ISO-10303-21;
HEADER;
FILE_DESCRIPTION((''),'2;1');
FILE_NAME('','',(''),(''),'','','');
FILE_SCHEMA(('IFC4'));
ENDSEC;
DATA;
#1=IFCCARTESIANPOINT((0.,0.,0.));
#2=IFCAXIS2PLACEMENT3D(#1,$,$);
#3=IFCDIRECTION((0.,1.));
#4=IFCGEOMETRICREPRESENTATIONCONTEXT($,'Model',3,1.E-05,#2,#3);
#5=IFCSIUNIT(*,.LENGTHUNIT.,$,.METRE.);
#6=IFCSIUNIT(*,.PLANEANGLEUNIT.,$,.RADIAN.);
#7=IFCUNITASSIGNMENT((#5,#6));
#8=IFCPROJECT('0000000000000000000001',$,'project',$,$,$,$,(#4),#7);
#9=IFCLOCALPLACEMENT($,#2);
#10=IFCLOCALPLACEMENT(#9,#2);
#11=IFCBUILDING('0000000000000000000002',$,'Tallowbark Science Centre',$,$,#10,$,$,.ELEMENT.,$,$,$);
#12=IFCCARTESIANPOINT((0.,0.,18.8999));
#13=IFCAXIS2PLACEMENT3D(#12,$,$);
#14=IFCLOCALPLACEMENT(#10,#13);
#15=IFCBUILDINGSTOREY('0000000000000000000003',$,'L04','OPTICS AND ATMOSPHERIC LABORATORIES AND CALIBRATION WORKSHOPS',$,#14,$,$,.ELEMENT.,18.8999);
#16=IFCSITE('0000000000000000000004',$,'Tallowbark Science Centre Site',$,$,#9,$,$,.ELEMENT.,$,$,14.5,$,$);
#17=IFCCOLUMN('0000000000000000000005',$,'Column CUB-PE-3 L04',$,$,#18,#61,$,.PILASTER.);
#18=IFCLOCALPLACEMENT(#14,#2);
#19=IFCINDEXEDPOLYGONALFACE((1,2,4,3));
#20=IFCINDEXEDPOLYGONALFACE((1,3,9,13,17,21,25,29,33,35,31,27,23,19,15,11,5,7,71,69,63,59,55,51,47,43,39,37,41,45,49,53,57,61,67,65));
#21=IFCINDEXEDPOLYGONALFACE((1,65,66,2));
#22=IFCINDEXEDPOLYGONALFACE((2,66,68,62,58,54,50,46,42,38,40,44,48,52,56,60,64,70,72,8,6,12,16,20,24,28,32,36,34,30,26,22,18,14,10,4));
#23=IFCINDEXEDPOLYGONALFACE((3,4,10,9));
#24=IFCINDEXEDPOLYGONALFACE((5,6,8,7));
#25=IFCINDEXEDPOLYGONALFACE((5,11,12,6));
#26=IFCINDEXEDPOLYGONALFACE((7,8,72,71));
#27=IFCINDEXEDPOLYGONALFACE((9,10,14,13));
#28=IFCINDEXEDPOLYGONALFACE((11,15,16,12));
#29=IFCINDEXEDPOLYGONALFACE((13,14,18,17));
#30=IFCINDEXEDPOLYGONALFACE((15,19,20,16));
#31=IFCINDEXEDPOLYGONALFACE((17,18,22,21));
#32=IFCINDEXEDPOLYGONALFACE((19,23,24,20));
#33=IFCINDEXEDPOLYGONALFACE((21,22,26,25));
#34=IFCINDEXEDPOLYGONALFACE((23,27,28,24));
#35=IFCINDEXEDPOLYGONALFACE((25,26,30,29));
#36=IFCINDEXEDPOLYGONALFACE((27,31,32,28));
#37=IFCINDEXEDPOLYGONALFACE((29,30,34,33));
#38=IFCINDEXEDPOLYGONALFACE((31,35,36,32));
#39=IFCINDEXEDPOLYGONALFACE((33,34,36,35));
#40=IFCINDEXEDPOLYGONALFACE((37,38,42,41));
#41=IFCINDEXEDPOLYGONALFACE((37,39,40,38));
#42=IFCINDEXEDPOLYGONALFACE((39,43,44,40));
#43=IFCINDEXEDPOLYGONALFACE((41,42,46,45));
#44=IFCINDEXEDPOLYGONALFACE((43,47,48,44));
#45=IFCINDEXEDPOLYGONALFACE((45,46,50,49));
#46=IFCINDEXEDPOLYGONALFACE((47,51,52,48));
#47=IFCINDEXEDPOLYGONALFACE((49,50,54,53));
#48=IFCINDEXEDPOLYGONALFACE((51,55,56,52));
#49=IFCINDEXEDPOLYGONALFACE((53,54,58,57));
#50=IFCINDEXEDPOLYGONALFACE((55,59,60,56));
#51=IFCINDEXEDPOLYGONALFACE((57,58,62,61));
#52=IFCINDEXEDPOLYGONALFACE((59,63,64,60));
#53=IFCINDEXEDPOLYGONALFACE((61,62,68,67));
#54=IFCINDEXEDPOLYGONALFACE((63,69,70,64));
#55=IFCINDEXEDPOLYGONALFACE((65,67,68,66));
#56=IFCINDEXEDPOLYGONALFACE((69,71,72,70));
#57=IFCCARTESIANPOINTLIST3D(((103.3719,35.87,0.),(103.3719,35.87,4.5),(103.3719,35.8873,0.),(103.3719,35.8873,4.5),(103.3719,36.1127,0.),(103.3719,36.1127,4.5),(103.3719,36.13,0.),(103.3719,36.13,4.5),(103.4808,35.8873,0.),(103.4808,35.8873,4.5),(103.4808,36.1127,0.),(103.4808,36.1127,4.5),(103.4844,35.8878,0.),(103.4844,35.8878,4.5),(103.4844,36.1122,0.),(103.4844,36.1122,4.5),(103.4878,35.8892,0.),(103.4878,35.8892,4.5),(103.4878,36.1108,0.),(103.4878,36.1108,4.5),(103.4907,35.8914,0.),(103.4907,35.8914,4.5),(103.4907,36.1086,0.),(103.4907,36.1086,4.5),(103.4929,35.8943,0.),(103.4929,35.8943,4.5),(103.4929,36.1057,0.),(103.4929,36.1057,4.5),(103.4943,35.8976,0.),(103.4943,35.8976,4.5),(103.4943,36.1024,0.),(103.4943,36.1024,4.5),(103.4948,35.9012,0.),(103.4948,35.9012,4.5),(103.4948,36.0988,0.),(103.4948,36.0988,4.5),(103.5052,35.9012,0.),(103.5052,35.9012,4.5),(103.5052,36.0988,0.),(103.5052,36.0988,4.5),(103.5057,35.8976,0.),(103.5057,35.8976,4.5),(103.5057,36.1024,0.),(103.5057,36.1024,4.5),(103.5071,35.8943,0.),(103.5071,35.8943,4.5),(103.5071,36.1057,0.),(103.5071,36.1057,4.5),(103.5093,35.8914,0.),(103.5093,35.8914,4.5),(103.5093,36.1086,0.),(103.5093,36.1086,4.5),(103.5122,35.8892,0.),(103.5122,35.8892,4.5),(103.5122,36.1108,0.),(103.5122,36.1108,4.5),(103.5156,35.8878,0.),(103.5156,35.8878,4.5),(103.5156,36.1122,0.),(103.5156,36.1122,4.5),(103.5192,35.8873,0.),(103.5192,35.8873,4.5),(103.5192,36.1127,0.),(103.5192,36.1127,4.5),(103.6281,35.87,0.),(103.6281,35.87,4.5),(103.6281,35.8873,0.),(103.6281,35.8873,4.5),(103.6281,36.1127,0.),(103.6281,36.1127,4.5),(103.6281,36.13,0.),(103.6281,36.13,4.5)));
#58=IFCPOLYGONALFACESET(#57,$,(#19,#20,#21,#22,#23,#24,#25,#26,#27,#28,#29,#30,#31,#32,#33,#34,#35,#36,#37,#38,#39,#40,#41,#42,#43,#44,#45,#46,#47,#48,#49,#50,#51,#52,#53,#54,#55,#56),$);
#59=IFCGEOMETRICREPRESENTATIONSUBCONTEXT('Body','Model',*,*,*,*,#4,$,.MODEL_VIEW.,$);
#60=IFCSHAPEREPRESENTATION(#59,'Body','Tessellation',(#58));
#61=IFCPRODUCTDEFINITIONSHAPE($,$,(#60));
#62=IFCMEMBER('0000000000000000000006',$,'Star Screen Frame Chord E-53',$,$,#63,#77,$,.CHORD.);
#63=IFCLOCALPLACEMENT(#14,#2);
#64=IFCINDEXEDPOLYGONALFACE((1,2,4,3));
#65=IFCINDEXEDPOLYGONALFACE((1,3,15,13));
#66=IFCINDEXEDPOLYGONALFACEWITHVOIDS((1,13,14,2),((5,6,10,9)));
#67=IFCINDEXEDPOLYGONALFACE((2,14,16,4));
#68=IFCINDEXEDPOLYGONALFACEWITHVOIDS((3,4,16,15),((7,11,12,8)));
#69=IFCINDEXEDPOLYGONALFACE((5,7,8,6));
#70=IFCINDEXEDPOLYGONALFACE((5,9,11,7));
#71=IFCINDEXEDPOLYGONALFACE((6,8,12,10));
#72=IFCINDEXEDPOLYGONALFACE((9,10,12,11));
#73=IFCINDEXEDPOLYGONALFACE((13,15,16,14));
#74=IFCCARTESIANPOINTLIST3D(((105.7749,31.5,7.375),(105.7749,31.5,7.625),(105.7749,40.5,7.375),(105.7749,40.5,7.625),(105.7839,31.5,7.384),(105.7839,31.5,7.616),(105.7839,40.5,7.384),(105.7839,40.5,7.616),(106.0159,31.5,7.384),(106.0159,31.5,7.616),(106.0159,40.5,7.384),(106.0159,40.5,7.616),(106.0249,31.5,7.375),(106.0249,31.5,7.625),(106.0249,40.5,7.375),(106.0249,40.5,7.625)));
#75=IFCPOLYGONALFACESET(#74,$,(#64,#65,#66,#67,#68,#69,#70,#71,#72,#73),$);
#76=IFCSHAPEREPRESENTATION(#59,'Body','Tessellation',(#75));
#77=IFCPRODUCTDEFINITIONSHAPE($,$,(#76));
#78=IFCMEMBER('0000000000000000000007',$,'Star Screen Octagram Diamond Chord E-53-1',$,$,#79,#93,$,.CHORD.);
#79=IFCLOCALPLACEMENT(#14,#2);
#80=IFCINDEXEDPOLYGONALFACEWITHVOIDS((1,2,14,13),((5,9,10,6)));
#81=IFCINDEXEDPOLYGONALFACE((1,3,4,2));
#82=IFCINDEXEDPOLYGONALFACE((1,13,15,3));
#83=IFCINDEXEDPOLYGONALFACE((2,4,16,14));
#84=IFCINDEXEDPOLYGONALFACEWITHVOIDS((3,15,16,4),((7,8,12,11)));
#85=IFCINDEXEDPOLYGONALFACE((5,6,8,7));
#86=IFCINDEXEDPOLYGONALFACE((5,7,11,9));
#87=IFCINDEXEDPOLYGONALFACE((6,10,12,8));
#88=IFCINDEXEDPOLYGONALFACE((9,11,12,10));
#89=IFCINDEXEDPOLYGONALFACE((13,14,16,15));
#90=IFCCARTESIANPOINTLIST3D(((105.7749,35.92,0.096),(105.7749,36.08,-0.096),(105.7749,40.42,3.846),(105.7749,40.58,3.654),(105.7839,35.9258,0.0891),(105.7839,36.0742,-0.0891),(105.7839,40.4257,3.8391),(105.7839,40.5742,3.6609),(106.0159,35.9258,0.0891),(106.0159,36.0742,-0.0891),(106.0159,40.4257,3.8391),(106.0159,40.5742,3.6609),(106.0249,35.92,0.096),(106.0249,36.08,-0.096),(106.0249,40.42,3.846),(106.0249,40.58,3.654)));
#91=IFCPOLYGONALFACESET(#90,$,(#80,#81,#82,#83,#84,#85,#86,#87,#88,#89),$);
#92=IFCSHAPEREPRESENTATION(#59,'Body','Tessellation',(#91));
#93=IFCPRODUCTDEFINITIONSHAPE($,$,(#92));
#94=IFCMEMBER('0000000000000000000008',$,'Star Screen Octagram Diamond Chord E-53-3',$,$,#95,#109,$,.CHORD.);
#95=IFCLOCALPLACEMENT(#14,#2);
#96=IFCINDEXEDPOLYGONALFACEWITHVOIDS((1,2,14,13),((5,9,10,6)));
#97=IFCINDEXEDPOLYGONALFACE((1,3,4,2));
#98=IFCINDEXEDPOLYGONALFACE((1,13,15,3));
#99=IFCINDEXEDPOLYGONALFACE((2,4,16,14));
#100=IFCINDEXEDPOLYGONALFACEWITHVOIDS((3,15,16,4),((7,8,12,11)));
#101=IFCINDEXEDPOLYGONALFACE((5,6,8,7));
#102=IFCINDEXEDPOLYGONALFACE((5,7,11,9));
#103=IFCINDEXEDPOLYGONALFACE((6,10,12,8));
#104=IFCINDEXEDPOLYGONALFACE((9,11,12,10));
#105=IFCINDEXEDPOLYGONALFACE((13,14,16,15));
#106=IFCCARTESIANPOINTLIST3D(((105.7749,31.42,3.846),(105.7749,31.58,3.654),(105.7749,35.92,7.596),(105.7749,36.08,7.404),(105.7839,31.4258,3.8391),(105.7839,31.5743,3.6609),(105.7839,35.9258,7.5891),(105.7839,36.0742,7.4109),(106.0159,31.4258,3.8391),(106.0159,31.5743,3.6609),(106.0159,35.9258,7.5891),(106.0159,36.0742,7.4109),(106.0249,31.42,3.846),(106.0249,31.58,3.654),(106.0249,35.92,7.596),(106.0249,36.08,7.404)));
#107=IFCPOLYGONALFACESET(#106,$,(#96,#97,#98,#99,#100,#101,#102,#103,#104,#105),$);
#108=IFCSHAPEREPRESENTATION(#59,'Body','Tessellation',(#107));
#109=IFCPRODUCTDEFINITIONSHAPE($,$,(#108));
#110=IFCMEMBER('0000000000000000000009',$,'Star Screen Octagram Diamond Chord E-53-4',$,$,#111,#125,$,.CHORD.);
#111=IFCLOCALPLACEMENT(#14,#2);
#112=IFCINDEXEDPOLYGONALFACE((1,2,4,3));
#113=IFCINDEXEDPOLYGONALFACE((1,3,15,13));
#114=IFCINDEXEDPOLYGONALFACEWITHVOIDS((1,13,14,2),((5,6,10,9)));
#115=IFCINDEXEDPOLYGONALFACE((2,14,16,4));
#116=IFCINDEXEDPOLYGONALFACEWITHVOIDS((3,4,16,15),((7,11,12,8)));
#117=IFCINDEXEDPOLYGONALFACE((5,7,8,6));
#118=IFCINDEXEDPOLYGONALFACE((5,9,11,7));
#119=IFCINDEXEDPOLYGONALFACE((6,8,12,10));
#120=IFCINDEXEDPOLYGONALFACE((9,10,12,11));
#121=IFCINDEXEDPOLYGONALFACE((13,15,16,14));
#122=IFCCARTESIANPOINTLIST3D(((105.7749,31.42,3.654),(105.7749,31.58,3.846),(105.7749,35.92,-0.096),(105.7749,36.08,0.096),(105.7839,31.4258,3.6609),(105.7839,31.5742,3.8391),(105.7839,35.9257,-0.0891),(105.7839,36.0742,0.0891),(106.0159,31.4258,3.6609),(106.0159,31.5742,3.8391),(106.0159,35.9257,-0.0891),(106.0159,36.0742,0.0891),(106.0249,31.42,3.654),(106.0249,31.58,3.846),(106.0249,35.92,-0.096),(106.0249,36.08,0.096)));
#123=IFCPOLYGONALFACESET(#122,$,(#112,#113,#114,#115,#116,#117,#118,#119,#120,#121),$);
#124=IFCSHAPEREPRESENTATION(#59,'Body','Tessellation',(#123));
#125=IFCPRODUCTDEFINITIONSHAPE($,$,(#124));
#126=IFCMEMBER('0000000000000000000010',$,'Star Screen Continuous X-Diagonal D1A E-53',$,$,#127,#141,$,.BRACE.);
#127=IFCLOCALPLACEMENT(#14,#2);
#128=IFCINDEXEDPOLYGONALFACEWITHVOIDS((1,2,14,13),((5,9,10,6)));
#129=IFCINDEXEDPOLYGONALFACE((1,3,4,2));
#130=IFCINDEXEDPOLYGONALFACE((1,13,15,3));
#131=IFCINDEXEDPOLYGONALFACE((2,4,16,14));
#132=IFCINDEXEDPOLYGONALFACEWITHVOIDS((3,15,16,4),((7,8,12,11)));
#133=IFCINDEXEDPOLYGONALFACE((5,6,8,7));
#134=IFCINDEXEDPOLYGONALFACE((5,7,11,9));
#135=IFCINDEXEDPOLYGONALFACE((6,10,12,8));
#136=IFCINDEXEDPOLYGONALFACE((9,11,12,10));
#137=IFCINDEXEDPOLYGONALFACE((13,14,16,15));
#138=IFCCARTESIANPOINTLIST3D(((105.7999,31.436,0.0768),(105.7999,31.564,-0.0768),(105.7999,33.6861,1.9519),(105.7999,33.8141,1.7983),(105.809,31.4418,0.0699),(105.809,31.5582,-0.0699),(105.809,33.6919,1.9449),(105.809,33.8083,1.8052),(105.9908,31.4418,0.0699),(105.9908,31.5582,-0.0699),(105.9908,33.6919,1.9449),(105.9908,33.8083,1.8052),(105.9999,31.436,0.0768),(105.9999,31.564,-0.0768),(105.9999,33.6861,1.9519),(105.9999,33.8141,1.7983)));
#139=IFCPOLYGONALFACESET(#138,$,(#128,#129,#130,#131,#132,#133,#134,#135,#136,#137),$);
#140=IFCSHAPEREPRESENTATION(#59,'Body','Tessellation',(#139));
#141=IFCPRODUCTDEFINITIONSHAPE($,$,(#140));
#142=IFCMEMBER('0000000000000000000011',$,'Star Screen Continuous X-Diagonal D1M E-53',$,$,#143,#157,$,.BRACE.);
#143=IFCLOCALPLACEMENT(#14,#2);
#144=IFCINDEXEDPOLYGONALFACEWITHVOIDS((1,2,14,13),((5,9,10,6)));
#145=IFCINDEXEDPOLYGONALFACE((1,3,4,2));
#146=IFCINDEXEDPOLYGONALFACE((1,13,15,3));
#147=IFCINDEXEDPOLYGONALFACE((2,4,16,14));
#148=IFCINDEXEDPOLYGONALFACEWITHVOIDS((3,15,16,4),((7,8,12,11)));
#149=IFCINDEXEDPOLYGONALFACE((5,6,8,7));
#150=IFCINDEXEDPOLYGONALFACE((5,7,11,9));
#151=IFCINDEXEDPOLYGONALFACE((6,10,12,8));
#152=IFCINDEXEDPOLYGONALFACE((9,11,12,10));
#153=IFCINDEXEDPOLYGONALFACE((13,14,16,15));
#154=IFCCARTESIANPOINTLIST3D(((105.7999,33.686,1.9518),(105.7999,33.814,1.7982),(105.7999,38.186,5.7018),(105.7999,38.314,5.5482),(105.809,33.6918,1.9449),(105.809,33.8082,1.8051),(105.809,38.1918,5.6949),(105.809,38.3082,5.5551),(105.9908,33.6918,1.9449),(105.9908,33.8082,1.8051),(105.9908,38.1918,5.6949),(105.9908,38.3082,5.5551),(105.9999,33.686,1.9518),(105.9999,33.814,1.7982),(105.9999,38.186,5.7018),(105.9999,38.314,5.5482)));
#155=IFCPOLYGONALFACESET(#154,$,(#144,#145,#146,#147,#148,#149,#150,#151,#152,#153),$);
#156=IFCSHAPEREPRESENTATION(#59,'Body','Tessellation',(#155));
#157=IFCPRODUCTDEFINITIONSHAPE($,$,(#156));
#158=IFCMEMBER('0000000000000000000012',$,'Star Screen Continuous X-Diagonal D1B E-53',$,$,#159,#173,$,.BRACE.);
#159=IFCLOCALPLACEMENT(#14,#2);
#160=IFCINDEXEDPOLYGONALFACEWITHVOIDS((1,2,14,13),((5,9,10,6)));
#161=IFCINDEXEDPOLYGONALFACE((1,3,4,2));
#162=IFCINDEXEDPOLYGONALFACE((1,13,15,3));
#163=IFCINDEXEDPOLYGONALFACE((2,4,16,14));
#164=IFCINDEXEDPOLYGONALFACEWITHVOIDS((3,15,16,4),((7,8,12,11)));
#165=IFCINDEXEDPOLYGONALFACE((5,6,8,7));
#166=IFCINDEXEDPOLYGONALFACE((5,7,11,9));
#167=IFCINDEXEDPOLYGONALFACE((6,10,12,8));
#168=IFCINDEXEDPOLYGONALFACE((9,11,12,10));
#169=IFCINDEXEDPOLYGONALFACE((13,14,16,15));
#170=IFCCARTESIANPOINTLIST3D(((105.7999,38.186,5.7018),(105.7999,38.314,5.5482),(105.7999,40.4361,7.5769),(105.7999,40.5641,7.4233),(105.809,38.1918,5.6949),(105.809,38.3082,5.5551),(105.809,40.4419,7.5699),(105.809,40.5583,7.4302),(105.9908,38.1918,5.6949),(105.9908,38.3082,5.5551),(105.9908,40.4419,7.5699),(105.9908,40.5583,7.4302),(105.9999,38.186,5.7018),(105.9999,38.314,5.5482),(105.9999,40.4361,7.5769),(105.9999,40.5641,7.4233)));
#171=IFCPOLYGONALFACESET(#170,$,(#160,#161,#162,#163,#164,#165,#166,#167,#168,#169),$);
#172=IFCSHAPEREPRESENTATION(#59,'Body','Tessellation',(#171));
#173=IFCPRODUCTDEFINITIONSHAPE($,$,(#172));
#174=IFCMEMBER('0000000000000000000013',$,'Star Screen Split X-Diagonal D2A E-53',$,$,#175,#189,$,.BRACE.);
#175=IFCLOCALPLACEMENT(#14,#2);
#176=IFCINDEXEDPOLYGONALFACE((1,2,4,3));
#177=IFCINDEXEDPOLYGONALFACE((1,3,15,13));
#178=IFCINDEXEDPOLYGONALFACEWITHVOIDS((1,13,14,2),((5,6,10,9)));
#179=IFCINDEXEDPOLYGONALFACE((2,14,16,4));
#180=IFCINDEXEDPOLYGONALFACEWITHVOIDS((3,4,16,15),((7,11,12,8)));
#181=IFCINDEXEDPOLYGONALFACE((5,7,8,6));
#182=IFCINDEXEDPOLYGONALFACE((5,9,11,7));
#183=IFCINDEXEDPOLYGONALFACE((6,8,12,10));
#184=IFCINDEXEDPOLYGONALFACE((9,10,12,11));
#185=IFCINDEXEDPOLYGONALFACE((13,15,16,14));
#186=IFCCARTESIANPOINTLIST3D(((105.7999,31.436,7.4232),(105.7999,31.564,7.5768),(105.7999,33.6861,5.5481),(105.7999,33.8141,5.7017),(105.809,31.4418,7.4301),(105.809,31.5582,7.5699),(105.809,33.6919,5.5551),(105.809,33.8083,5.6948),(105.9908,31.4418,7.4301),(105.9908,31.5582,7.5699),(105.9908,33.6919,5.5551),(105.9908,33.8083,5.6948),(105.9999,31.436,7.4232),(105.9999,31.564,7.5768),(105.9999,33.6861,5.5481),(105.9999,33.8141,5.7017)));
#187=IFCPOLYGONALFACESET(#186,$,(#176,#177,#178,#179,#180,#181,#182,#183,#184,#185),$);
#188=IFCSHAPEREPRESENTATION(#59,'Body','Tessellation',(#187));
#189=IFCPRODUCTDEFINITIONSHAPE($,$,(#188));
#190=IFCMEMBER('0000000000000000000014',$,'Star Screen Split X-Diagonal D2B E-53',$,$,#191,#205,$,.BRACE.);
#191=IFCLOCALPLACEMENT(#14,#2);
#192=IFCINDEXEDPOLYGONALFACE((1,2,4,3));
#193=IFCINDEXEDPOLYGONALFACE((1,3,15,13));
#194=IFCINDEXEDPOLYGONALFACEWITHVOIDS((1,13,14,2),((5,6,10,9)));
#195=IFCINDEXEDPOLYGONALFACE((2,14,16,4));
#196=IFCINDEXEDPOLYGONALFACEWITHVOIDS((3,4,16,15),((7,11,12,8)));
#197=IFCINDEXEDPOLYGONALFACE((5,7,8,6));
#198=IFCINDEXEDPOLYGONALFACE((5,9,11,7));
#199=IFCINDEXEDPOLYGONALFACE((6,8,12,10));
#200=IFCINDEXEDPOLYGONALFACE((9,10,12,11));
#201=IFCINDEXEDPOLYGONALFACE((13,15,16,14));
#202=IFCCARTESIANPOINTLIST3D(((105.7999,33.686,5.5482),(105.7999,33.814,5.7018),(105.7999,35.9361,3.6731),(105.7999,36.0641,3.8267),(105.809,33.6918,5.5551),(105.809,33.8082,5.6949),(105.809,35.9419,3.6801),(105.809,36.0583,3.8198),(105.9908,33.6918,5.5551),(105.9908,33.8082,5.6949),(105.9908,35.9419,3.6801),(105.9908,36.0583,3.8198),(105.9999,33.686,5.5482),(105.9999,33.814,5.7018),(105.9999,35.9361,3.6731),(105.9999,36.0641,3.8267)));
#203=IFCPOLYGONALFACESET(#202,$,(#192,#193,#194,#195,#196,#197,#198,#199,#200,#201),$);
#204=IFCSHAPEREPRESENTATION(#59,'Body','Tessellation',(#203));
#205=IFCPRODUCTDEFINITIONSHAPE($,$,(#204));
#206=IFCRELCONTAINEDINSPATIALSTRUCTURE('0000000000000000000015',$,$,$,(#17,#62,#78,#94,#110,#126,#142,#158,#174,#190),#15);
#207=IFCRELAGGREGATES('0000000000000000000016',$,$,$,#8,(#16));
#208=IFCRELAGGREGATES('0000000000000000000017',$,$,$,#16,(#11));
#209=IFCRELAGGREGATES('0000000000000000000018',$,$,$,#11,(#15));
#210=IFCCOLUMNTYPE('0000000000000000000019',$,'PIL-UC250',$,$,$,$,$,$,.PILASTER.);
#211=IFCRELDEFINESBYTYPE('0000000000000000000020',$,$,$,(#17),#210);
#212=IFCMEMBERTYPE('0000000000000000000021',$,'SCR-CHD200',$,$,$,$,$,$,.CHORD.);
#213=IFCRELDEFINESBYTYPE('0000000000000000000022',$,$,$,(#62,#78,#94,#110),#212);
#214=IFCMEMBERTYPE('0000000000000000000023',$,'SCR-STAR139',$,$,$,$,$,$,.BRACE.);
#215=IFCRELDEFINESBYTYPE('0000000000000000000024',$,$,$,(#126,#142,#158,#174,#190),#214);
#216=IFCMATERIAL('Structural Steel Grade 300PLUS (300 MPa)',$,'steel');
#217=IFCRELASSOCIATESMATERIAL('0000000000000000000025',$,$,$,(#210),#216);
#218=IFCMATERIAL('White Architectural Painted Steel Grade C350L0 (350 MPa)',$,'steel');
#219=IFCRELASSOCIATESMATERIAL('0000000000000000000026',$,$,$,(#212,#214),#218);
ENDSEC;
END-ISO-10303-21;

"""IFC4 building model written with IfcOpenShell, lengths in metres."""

from ifc_helpers import new_model, si_unit, direction, frame, origin, origin_2d, place, context, subcontext, project, spatial, hollow_rectangle, i_section, extrude, material, material_profile, profile_set, type_object, element, save


model = new_model("IFC4")

# Units and contexts
model_context = context("Model", 3, precision=1e-05, world=origin(), true_north=direction((0.0, 1.0)))
body_context = subcontext(model_context, "Body", "Model", "MODEL_VIEW")
ifc_project = project(units=[si_unit("LENGTHUNIT", "METRE"), si_unit("PLANEANGLEUNIT", "RADIAN")], contexts=[model_context])

# Site, building, storey
site_placement = place(None, origin())
site = spatial("IfcSite", under=ifc_project, at=site_placement, Name="Tallowbark Science Centre Site", CompositionType="ELEMENT", RefElevation=14.5)
building_placement = place(site_placement, origin())
building = spatial("IfcBuilding", under=site, at=building_placement, Name="Tallowbark Science Centre", CompositionType="ELEMENT")
storey_placement = place(building_placement, frame((0.0, 0.0, 18.8999)))
storey = spatial("IfcBuildingStorey", under=building, at=storey_placement, Name="L04", Description="OPTICS AND ATMOSPHERIC LABORATORIES AND CALIBRATION WORKSHOPS", CompositionType="ELEMENT", Elevation=18.8999)

# Column
ifc_material_1 = material(Name="Structural Steel Grade 300PLUS (300 MPa)", Category="steel")
ifc_material_profile_1 = material_profile(ifc_material_1, i_section(OverallWidth=0.2561, OverallDepth=0.26, WebThickness=0.0105, FlangeThickness=0.0173, FilletRadius=0.0139, at=origin_2d()), Name="250UC89.5")
ifc_profile_set_1 = profile_set([ifc_material_profile_1], Name="Structural Steel Grade 300PLUS (300 MPa)")
column_type = type_object("IfcColumnType", Name="PIL-UC250", PredefinedType="PILASTER", material=ifc_profile_set_1)
column_placement = place(storey_placement, frame((103.5, 36.0, 0.0), z_axis=(0.0, 0.0, 1.0), x_axis=(1.0, 0.0, 0.0)))
element("IfcColumn", 1, at=column_placement, inside=storey, type_object=column_type, Name="Column CUB-PE-3 L04", PredefinedType="PILASTER", context=body_context, shape_type="SweptSolid", body=[
    extrude(i_section(OverallWidth=0.2561, OverallDepth=0.26, WebThickness=0.0105, FlangeThickness=0.0173, FilletRadius=0.0139, at=origin_2d()), origin(), (0.0, 0.0, 1.0), 4.5),
])

# Members
ifc_material_2 = material(Name="White Architectural Painted Steel Grade C350L0 (350 MPa)", Category="steel")
ifc_material_profile_2 = material_profile(ifc_material_2, hollow_rectangle(XDim=0.25, YDim=0.25, WallThickness=0.009, at=origin_2d()), Name="250x250x9.0SHS")
ifc_profile_set_2 = profile_set([ifc_material_profile_2], Name="White Architectural Painted Steel Grade C350L0 (350 MPa)")
member_type_1 = type_object("IfcMemberType", Name="SCR-CHD200", PredefinedType="CHORD", material=ifc_profile_set_2)
member_1_placement = place(storey_placement, frame((105.8999, 31.5, 7.5), z_axis=(0.0, 1.0, 0.0), x_axis=(-1.0, 0.0, 0.0)))
element("IfcMember", 2, at=member_1_placement, inside=storey, type_object=member_type_1, Name="Star Screen Frame Chord E-53", PredefinedType="CHORD", context=body_context, shape_type="SweptSolid", body=[
    extrude(hollow_rectangle(XDim=0.25, YDim=0.25, WallThickness=0.009, at=origin_2d()), origin(), (0.0, 0.0, 1.0), 9.0),
])
for number, where, z_axis, x_axis, name in (
    (3, (105.8999, 36.0, 0.0), (0.0, 0.768221, 0.640184), (-1.0, 0.0, 0.0), "Star Screen Octagram Diamond Chord E-53-1"),
    (4, (105.8999, 36.0, 7.5), (0.0, -0.768221, -0.640184), (1.0, 0.0, 0.0), "Star Screen Octagram Diamond Chord E-53-3"),
    (5, (105.8999, 31.5, 3.75), (0.0, 0.768221, -0.640184), (-1.0, 0.0, 0.0), "Star Screen Octagram Diamond Chord E-53-4"),
):
    element("IfcMember", number, at=place(storey_placement, frame(where, z_axis=z_axis, x_axis=x_axis)), inside=storey, type_object=member_type_1, Name=name, PredefinedType="CHORD", context=body_context, shape_type="SweptSolid", body=[
        extrude(hollow_rectangle(XDim=0.25, YDim=0.25, WallThickness=0.009, at=origin_2d()), origin(), (0.0, 0.0, 1.0), 5.8577),
    ])
ifc_material_profile_3 = material_profile(ifc_material_2, hollow_rectangle(XDim=0.2, YDim=0.2, WallThickness=0.009, at=origin_2d()), Name="200x200x9.0SHS")
ifc_profile_set_3 = profile_set([ifc_material_profile_3], Name="White Architectural Painted Steel Grade C350L0 (350 MPa)")
member_type_2 = type_object("IfcMemberType", Name="SCR-STAR139", PredefinedType="BRACE", material=ifc_profile_set_3)
member_2_placement = place(storey_placement, frame((105.8999, 31.5, 0.0), z_axis=(0.0, 0.768221, 0.640184), x_axis=(-1.0, 0.0, 0.0)))
element("IfcMember", 6, at=member_2_placement, inside=storey, type_object=member_type_2, Name="Star Screen Continuous X-Diagonal D1A E-53", PredefinedType="BRACE", context=body_context, shape_type="SweptSolid", body=[
    extrude(hollow_rectangle(XDim=0.2, YDim=0.2, WallThickness=0.009, at=origin_2d()), origin(), (0.0, 0.0, 1.0), 2.929),
])
member_3_placement = place(storey_placement, frame((105.8999, 33.75, 1.875), z_axis=(0.0, 0.768221, 0.640184), x_axis=(-1.0, 0.0, 0.0)))
element("IfcMember", 7, at=member_3_placement, inside=storey, type_object=member_type_2, Name="Star Screen Continuous X-Diagonal D1M E-53", PredefinedType="BRACE", context=body_context, shape_type="SweptSolid", body=[
    extrude(hollow_rectangle(XDim=0.2, YDim=0.2, WallThickness=0.009, at=origin_2d()), origin(), (0.0, 0.0, 1.0), 5.8577),
])
for number, where, z_axis, x_axis, name in (
    (8, (105.8999, 38.25, 5.625), (0.0, 0.768221, 0.640184), (-1.0, 0.0, 0.0), "Star Screen Continuous X-Diagonal D1B E-53"),
    (9, (105.8999, 31.5, 7.5), (0.0, 0.768221, -0.640184), (-1.0, 0.0, 0.0), "Star Screen Split X-Diagonal D2A E-53"),
    (10, (105.8999, 33.75, 5.625), (0.0, 0.768221, -0.640184), (-1.0, 0.0, 0.0), "Star Screen Split X-Diagonal D2B E-53"),
):
    element("IfcMember", number, at=place(storey_placement, frame(where, z_axis=z_axis, x_axis=x_axis)), inside=storey, type_object=member_type_2, Name=name, PredefinedType="BRACE", context=body_context, shape_type="SweptSolid", body=[
        extrude(hollow_rectangle(XDim=0.2, YDim=0.2, WallThickness=0.009, at=origin_2d()), origin(), (0.0, 0.0, 1.0), 2.929),
    ])

save(model, "model.ifc")
